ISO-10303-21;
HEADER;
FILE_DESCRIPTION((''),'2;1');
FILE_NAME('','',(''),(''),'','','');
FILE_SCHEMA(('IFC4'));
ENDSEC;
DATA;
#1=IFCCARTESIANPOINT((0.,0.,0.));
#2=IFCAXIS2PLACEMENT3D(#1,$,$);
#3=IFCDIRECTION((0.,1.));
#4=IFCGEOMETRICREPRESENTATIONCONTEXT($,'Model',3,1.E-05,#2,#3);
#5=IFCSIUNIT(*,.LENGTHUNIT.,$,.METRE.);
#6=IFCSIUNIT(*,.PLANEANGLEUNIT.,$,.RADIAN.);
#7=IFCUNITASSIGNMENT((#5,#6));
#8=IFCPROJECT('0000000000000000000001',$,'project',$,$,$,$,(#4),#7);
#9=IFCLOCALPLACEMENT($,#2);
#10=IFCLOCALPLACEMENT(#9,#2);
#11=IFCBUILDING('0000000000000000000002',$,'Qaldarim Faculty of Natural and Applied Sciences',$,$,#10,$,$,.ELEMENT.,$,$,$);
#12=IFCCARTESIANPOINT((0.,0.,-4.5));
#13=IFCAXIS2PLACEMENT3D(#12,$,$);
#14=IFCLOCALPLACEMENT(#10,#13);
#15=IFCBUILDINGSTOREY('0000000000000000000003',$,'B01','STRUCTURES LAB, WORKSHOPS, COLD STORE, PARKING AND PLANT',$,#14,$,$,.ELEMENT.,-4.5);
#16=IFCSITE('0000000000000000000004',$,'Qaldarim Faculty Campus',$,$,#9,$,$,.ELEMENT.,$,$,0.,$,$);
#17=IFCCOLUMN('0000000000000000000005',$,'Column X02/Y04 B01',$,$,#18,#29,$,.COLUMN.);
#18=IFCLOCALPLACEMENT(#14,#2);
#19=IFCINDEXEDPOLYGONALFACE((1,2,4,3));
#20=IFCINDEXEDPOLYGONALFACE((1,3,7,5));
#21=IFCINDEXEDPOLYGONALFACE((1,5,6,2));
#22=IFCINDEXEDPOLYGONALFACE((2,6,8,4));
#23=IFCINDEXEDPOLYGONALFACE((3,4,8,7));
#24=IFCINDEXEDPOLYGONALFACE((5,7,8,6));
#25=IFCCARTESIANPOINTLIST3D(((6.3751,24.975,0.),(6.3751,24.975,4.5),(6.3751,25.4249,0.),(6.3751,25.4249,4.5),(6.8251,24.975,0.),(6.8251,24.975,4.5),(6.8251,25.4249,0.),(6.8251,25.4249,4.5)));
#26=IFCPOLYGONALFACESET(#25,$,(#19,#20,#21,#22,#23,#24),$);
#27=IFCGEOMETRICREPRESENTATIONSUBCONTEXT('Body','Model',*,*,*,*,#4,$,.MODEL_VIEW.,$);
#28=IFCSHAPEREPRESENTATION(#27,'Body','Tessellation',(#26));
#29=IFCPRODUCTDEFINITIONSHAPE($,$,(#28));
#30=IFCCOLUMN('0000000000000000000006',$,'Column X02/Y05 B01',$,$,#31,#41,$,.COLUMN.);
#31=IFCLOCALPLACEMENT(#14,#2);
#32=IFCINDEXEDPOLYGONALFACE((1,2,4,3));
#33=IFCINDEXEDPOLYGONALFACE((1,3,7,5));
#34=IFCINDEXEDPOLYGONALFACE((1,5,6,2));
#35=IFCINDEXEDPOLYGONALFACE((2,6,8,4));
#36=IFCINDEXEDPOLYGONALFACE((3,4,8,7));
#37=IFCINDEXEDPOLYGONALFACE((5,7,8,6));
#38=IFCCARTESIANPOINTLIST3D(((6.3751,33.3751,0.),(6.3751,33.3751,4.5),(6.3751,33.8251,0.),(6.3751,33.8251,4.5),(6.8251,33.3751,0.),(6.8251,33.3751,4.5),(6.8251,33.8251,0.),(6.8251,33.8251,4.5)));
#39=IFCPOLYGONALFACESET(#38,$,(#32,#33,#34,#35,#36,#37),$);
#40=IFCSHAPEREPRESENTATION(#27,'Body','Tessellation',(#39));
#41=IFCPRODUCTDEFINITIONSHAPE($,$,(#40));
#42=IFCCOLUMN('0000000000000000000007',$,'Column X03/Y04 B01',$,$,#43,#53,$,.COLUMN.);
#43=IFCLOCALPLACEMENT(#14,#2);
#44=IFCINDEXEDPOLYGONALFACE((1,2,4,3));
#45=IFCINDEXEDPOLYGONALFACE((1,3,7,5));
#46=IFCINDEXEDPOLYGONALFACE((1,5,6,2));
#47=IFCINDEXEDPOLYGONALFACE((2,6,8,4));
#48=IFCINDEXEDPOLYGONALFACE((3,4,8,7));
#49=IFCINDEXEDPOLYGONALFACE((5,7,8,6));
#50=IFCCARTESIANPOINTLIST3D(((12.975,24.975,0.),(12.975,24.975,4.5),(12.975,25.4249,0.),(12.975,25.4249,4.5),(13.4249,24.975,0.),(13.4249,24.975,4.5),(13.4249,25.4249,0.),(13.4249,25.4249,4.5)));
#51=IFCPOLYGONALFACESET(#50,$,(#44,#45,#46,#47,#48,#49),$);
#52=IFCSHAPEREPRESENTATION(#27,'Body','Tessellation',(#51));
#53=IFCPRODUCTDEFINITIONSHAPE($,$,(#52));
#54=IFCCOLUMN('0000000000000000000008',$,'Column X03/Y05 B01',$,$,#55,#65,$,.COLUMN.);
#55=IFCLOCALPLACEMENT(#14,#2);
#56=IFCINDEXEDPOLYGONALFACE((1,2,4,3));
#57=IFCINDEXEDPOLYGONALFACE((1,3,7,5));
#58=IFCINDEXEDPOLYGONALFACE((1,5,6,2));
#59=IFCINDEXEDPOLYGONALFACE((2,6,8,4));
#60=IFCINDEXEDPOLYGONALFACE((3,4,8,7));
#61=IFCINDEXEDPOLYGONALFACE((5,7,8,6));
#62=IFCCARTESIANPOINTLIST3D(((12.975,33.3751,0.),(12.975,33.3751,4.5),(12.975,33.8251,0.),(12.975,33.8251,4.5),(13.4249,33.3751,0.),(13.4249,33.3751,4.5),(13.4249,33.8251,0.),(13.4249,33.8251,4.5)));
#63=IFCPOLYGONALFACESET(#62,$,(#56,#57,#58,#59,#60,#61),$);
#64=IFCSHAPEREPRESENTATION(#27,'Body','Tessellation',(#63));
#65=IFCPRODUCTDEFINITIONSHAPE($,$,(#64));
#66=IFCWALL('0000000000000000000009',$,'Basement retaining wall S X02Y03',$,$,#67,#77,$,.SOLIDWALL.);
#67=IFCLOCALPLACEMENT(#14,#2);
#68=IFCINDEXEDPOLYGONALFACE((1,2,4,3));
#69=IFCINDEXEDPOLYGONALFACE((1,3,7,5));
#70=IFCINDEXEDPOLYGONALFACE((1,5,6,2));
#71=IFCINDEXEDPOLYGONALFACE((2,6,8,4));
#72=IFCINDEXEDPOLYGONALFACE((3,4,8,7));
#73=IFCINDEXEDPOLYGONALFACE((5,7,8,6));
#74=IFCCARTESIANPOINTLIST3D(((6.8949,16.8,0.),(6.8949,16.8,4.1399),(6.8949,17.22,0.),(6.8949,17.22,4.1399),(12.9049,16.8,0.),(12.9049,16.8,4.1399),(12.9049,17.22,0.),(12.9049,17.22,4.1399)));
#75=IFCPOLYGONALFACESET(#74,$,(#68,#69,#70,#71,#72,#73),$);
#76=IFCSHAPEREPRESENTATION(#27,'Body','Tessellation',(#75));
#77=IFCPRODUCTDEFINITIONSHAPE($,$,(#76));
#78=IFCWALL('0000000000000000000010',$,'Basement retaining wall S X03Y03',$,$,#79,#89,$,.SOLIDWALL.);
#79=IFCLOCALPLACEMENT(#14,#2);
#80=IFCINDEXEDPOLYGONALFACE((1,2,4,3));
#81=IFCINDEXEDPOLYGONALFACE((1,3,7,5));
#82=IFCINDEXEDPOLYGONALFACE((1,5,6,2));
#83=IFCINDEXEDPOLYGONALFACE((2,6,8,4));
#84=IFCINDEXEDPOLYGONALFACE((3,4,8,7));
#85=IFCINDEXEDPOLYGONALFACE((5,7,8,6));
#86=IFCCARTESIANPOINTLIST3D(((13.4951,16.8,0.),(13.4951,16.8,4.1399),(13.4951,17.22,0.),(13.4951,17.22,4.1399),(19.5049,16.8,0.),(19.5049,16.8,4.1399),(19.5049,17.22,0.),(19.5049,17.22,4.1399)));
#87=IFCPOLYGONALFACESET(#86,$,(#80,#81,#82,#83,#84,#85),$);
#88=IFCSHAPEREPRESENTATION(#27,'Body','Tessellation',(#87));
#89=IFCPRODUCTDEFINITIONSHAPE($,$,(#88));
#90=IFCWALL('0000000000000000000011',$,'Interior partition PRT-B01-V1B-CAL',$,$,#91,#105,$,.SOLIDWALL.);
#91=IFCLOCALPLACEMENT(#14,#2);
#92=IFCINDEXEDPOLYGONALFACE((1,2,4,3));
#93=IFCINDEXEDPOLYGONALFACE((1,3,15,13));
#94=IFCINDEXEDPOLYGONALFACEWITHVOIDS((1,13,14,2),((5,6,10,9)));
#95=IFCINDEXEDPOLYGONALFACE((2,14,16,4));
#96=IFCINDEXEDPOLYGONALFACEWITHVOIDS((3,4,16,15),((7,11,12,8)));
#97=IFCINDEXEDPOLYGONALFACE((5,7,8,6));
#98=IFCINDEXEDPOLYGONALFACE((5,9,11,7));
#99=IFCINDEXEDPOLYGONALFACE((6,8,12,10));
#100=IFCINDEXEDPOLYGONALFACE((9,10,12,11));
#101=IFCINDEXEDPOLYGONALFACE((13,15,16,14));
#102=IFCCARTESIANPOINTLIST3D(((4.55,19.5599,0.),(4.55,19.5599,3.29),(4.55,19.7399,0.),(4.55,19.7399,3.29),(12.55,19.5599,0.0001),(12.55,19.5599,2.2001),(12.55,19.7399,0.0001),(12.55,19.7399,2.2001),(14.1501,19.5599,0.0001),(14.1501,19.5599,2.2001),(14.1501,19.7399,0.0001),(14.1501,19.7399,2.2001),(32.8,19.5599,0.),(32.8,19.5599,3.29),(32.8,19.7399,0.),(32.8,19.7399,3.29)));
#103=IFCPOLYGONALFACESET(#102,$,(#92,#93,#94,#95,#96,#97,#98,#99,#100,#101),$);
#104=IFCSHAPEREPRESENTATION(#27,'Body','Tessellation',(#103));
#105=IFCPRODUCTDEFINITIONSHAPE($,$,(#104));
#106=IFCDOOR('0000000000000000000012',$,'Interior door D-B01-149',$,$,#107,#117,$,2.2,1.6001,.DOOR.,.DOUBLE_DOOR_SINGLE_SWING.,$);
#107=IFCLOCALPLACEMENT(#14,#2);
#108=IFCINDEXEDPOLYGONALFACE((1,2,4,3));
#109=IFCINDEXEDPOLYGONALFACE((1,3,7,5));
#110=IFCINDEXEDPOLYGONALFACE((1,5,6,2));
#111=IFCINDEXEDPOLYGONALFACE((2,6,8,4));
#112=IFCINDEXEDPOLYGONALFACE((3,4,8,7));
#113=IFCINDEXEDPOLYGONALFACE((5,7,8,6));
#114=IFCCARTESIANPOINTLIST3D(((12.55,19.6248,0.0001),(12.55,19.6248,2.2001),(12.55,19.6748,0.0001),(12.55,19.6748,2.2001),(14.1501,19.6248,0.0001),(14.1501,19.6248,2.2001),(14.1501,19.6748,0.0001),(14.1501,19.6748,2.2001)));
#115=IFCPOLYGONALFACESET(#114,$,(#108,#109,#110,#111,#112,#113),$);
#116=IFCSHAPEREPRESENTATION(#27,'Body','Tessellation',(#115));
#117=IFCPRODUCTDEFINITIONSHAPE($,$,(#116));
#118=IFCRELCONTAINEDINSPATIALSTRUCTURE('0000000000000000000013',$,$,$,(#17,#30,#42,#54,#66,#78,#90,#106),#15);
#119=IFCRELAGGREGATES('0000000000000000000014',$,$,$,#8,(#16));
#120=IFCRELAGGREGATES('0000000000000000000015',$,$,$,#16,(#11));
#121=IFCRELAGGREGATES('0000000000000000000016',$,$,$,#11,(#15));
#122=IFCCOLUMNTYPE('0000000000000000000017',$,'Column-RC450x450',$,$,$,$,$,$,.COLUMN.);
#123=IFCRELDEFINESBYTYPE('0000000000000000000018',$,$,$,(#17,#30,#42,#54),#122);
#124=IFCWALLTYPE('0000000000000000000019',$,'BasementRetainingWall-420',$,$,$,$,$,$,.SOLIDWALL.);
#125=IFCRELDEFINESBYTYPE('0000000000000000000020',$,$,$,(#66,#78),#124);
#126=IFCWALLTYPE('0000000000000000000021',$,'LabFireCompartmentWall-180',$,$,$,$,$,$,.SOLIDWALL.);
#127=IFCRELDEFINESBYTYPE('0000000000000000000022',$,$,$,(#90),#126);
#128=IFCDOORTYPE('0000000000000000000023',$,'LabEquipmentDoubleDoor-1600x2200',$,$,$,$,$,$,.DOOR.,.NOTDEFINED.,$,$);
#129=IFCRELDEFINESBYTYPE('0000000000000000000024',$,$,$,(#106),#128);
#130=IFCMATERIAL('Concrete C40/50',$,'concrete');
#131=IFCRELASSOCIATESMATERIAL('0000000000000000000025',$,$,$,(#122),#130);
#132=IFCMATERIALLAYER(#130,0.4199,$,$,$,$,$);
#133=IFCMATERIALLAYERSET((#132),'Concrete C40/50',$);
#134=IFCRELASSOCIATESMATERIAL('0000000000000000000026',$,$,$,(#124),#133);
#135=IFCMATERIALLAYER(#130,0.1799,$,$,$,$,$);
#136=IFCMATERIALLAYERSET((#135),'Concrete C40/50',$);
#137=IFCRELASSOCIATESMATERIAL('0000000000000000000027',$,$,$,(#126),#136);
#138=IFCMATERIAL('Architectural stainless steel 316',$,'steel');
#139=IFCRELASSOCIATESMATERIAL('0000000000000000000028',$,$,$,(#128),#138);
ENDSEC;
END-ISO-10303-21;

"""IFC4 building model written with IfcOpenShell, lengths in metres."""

from ifc_helpers import new_model, si_unit, direction, frame, frame_2d, origin, origin_2d, place, context, subcontext, project, spatial, rectangle, extrude, material, layer, layer_set, material_profile, profile_set, type_object, element, fill, save


model = new_model("IFC4")

# Units and contexts
model_context = context("Model", 3, precision=1e-05, world=origin(), true_north=direction((0.0, 1.0)))
body_context = subcontext(model_context, "Body", "Model", "MODEL_VIEW")
ifc_project = project(units=[si_unit("LENGTHUNIT", "METRE"), si_unit("PLANEANGLEUNIT", "RADIAN")], contexts=[model_context])

# Site, building, storey
site_placement = place(None, origin())
site = spatial("IfcSite", under=ifc_project, at=site_placement, Name="Qaldarim Faculty Campus", CompositionType="ELEMENT", RefElevation=0.0)
building_placement = place(site_placement, origin())
building = spatial("IfcBuilding", under=site, at=building_placement, Name="Qaldarim Faculty of Natural and Applied Sciences", CompositionType="ELEMENT")
storey_placement = place(building_placement, frame((0.0, 0.0, -4.5)))
storey = spatial("IfcBuildingStorey", under=building, at=storey_placement, Name="B01", Description="STRUCTURES LAB, WORKSHOPS, COLD STORE, PARKING AND PLANT", CompositionType="ELEMENT", Elevation=-4.5)

# Shared definitions
ifc_material_1 = material(Name="Concrete C40/50", Category="concrete")

# Columns
ifc_material_profile_1 = material_profile(ifc_material_1, rectangle(XDim=0.45, YDim=0.45, at=origin_2d()), Name="RC-C450x450")
ifc_profile_set_1 = profile_set([ifc_material_profile_1], Name="Concrete C40/50")
column_type = type_object("IfcColumnType", Name="Column-RC450x450", PredefinedType="COLUMN", material=ifc_profile_set_1)
for number, where, z_axis, x_axis, name in (
    (1, (6.6001, 25.2, 0.0), (0.0, 0.0, 1.0), (1.0, 0.0, 0.0), "Column X02/Y04 B01"),
    (2, (6.6001, 33.6001, 0.0), (0.0, 0.0, 1.0), (1.0, 0.0, 0.0), "Column X02/Y05 B01"),
    (3, (13.2, 25.2, 0.0), (0.0, 0.0, 1.0), (1.0, 0.0, 0.0), "Column X03/Y04 B01"),
    (4, (13.2, 33.6001, 0.0), (0.0, 0.0, 1.0), (1.0, 0.0, 0.0), "Column X03/Y05 B01"),
):
    element("IfcColumn", number, at=place(storey_placement, frame(where, z_axis=z_axis, x_axis=x_axis)), inside=storey, type_object=column_type, Name=name, PredefinedType="COLUMN", context=body_context, shape_type="SweptSolid", body=[
        extrude(rectangle(XDim=0.45, YDim=0.45, at=origin_2d()), origin(), (0.0, 0.0, 1.0), 4.5),
    ])

# Walls
ifc_layer_1 = layer(ifc_material_1, 0.4199)
ifc_layer_set_1 = layer_set([ifc_layer_1], Name="Concrete C40/50")
wall_type_1 = type_object("IfcWallType", Name="BasementRetainingWall-420", PredefinedType="SOLIDWALL", material=ifc_layer_set_1)
wall_1_placement = place(storey_placement, frame((6.895, 17.01, 0.0), z_axis=(0.0, 0.0, 1.0), x_axis=(1.0, 0.0, 0.0)))
element("IfcWall", 5, at=wall_1_placement, inside=storey, type_object=wall_type_1, Name="Basement retaining wall S X02Y03", PredefinedType="SOLIDWALL", context=body_context, shape_type="SweptSolid", body=[
    extrude(rectangle(XDim=6.01, YDim=0.4199, at=frame_2d((3.0049, 0.0))), origin(), (0.0, 0.0, 1.0), 4.1399),
])
wall_2_placement = place(storey_placement, frame((13.4951, 17.01, 0.0), z_axis=(0.0, 0.0, 1.0), x_axis=(1.0, 0.0, 0.0)))
element("IfcWall", 6, at=wall_2_placement, inside=storey, type_object=wall_type_1, Name="Basement retaining wall S X03Y03", PredefinedType="SOLIDWALL", context=body_context, shape_type="SweptSolid", body=[
    extrude(rectangle(XDim=6.0098, YDim=0.4199, at=frame_2d((3.0049, 0.0))), origin(), (0.0, 0.0, 1.0), 4.1399),
])

# Wall, opening, door
ifc_material_2 = material(Name="Architectural stainless steel 316", Category="steel")
ifc_layer_2 = layer(ifc_material_1, 0.1799)
ifc_layer_set_2 = layer_set([ifc_layer_2], Name="Concrete C40/50")
wall_type_2 = type_object("IfcWallType", Name="LabFireCompartmentWall-180", PredefinedType="SOLIDWALL", material=ifc_layer_set_2)
wall_3_placement = place(storey_placement, frame((4.55, 19.6499, 0.0), z_axis=(0.0, 0.0, 1.0), x_axis=(1.0, 0.0, 0.0)))
wall_3 = element("IfcWall", 7, at=wall_3_placement, inside=storey, type_object=wall_type_2, Name="Interior partition PRT-B01-V1B-CAL", PredefinedType="SOLIDWALL", context=body_context, shape_type="SweptSolid", body=[
    extrude(rectangle(XDim=28.25, YDim=0.1799, at=frame_2d((14.125, 0.0))), origin(), (0.0, 0.0, 1.0), 3.29),
])
opening_1_placement = place(wall_3_placement, frame((8.0, 0.0, 0.0)))
opening_1 = element("IfcOpeningElement", 8, at=opening_1_placement, cuts=wall_3, PredefinedType="OPENING", context=body_context, shape_type="SweptSolid", body=[
    extrude(rectangle(XDim=1.6001, YDim=2.2, at=frame_2d((0.8, 1.1001))), frame((0.0, 0.0999, 0.0), z_axis=(0.0, -1.0, 0.0), x_axis=(1.0, 0.0, 0.0)), (0.0, 0.0, 1.0), 0.2),
])
door_type_1 = type_object("IfcDoorType", Name="LabEquipmentDoubleDoor-1600x2200", OperationType="NOTDEFINED", PredefinedType="DOOR", material=ifc_material_2)
door_1_placement = place(opening_1_placement, origin())
door_1 = element("IfcDoor", 9, at=door_1_placement, inside=storey, type_object=door_type_1, Name="Interior door D-B01-149", OperationType="DOUBLE_DOOR_SINGLE_SWING", OverallHeight=2.2, OverallWidth=1.6001, PredefinedType="DOOR", context=body_context, shape_type="SweptSolid", body=[
    extrude(rectangle(XDim=1.6001, YDim=2.2, at=frame_2d((0.8, 1.1001))), frame((0.0, 0.0249, 0.0), z_axis=(0.0, -1.0, 0.0), x_axis=(1.0, 0.0, 0.0)), (0.0, 0.0, 1.0), 0.05),
])
fill(opening_1, door_1)

save(model, "model.ifc")
